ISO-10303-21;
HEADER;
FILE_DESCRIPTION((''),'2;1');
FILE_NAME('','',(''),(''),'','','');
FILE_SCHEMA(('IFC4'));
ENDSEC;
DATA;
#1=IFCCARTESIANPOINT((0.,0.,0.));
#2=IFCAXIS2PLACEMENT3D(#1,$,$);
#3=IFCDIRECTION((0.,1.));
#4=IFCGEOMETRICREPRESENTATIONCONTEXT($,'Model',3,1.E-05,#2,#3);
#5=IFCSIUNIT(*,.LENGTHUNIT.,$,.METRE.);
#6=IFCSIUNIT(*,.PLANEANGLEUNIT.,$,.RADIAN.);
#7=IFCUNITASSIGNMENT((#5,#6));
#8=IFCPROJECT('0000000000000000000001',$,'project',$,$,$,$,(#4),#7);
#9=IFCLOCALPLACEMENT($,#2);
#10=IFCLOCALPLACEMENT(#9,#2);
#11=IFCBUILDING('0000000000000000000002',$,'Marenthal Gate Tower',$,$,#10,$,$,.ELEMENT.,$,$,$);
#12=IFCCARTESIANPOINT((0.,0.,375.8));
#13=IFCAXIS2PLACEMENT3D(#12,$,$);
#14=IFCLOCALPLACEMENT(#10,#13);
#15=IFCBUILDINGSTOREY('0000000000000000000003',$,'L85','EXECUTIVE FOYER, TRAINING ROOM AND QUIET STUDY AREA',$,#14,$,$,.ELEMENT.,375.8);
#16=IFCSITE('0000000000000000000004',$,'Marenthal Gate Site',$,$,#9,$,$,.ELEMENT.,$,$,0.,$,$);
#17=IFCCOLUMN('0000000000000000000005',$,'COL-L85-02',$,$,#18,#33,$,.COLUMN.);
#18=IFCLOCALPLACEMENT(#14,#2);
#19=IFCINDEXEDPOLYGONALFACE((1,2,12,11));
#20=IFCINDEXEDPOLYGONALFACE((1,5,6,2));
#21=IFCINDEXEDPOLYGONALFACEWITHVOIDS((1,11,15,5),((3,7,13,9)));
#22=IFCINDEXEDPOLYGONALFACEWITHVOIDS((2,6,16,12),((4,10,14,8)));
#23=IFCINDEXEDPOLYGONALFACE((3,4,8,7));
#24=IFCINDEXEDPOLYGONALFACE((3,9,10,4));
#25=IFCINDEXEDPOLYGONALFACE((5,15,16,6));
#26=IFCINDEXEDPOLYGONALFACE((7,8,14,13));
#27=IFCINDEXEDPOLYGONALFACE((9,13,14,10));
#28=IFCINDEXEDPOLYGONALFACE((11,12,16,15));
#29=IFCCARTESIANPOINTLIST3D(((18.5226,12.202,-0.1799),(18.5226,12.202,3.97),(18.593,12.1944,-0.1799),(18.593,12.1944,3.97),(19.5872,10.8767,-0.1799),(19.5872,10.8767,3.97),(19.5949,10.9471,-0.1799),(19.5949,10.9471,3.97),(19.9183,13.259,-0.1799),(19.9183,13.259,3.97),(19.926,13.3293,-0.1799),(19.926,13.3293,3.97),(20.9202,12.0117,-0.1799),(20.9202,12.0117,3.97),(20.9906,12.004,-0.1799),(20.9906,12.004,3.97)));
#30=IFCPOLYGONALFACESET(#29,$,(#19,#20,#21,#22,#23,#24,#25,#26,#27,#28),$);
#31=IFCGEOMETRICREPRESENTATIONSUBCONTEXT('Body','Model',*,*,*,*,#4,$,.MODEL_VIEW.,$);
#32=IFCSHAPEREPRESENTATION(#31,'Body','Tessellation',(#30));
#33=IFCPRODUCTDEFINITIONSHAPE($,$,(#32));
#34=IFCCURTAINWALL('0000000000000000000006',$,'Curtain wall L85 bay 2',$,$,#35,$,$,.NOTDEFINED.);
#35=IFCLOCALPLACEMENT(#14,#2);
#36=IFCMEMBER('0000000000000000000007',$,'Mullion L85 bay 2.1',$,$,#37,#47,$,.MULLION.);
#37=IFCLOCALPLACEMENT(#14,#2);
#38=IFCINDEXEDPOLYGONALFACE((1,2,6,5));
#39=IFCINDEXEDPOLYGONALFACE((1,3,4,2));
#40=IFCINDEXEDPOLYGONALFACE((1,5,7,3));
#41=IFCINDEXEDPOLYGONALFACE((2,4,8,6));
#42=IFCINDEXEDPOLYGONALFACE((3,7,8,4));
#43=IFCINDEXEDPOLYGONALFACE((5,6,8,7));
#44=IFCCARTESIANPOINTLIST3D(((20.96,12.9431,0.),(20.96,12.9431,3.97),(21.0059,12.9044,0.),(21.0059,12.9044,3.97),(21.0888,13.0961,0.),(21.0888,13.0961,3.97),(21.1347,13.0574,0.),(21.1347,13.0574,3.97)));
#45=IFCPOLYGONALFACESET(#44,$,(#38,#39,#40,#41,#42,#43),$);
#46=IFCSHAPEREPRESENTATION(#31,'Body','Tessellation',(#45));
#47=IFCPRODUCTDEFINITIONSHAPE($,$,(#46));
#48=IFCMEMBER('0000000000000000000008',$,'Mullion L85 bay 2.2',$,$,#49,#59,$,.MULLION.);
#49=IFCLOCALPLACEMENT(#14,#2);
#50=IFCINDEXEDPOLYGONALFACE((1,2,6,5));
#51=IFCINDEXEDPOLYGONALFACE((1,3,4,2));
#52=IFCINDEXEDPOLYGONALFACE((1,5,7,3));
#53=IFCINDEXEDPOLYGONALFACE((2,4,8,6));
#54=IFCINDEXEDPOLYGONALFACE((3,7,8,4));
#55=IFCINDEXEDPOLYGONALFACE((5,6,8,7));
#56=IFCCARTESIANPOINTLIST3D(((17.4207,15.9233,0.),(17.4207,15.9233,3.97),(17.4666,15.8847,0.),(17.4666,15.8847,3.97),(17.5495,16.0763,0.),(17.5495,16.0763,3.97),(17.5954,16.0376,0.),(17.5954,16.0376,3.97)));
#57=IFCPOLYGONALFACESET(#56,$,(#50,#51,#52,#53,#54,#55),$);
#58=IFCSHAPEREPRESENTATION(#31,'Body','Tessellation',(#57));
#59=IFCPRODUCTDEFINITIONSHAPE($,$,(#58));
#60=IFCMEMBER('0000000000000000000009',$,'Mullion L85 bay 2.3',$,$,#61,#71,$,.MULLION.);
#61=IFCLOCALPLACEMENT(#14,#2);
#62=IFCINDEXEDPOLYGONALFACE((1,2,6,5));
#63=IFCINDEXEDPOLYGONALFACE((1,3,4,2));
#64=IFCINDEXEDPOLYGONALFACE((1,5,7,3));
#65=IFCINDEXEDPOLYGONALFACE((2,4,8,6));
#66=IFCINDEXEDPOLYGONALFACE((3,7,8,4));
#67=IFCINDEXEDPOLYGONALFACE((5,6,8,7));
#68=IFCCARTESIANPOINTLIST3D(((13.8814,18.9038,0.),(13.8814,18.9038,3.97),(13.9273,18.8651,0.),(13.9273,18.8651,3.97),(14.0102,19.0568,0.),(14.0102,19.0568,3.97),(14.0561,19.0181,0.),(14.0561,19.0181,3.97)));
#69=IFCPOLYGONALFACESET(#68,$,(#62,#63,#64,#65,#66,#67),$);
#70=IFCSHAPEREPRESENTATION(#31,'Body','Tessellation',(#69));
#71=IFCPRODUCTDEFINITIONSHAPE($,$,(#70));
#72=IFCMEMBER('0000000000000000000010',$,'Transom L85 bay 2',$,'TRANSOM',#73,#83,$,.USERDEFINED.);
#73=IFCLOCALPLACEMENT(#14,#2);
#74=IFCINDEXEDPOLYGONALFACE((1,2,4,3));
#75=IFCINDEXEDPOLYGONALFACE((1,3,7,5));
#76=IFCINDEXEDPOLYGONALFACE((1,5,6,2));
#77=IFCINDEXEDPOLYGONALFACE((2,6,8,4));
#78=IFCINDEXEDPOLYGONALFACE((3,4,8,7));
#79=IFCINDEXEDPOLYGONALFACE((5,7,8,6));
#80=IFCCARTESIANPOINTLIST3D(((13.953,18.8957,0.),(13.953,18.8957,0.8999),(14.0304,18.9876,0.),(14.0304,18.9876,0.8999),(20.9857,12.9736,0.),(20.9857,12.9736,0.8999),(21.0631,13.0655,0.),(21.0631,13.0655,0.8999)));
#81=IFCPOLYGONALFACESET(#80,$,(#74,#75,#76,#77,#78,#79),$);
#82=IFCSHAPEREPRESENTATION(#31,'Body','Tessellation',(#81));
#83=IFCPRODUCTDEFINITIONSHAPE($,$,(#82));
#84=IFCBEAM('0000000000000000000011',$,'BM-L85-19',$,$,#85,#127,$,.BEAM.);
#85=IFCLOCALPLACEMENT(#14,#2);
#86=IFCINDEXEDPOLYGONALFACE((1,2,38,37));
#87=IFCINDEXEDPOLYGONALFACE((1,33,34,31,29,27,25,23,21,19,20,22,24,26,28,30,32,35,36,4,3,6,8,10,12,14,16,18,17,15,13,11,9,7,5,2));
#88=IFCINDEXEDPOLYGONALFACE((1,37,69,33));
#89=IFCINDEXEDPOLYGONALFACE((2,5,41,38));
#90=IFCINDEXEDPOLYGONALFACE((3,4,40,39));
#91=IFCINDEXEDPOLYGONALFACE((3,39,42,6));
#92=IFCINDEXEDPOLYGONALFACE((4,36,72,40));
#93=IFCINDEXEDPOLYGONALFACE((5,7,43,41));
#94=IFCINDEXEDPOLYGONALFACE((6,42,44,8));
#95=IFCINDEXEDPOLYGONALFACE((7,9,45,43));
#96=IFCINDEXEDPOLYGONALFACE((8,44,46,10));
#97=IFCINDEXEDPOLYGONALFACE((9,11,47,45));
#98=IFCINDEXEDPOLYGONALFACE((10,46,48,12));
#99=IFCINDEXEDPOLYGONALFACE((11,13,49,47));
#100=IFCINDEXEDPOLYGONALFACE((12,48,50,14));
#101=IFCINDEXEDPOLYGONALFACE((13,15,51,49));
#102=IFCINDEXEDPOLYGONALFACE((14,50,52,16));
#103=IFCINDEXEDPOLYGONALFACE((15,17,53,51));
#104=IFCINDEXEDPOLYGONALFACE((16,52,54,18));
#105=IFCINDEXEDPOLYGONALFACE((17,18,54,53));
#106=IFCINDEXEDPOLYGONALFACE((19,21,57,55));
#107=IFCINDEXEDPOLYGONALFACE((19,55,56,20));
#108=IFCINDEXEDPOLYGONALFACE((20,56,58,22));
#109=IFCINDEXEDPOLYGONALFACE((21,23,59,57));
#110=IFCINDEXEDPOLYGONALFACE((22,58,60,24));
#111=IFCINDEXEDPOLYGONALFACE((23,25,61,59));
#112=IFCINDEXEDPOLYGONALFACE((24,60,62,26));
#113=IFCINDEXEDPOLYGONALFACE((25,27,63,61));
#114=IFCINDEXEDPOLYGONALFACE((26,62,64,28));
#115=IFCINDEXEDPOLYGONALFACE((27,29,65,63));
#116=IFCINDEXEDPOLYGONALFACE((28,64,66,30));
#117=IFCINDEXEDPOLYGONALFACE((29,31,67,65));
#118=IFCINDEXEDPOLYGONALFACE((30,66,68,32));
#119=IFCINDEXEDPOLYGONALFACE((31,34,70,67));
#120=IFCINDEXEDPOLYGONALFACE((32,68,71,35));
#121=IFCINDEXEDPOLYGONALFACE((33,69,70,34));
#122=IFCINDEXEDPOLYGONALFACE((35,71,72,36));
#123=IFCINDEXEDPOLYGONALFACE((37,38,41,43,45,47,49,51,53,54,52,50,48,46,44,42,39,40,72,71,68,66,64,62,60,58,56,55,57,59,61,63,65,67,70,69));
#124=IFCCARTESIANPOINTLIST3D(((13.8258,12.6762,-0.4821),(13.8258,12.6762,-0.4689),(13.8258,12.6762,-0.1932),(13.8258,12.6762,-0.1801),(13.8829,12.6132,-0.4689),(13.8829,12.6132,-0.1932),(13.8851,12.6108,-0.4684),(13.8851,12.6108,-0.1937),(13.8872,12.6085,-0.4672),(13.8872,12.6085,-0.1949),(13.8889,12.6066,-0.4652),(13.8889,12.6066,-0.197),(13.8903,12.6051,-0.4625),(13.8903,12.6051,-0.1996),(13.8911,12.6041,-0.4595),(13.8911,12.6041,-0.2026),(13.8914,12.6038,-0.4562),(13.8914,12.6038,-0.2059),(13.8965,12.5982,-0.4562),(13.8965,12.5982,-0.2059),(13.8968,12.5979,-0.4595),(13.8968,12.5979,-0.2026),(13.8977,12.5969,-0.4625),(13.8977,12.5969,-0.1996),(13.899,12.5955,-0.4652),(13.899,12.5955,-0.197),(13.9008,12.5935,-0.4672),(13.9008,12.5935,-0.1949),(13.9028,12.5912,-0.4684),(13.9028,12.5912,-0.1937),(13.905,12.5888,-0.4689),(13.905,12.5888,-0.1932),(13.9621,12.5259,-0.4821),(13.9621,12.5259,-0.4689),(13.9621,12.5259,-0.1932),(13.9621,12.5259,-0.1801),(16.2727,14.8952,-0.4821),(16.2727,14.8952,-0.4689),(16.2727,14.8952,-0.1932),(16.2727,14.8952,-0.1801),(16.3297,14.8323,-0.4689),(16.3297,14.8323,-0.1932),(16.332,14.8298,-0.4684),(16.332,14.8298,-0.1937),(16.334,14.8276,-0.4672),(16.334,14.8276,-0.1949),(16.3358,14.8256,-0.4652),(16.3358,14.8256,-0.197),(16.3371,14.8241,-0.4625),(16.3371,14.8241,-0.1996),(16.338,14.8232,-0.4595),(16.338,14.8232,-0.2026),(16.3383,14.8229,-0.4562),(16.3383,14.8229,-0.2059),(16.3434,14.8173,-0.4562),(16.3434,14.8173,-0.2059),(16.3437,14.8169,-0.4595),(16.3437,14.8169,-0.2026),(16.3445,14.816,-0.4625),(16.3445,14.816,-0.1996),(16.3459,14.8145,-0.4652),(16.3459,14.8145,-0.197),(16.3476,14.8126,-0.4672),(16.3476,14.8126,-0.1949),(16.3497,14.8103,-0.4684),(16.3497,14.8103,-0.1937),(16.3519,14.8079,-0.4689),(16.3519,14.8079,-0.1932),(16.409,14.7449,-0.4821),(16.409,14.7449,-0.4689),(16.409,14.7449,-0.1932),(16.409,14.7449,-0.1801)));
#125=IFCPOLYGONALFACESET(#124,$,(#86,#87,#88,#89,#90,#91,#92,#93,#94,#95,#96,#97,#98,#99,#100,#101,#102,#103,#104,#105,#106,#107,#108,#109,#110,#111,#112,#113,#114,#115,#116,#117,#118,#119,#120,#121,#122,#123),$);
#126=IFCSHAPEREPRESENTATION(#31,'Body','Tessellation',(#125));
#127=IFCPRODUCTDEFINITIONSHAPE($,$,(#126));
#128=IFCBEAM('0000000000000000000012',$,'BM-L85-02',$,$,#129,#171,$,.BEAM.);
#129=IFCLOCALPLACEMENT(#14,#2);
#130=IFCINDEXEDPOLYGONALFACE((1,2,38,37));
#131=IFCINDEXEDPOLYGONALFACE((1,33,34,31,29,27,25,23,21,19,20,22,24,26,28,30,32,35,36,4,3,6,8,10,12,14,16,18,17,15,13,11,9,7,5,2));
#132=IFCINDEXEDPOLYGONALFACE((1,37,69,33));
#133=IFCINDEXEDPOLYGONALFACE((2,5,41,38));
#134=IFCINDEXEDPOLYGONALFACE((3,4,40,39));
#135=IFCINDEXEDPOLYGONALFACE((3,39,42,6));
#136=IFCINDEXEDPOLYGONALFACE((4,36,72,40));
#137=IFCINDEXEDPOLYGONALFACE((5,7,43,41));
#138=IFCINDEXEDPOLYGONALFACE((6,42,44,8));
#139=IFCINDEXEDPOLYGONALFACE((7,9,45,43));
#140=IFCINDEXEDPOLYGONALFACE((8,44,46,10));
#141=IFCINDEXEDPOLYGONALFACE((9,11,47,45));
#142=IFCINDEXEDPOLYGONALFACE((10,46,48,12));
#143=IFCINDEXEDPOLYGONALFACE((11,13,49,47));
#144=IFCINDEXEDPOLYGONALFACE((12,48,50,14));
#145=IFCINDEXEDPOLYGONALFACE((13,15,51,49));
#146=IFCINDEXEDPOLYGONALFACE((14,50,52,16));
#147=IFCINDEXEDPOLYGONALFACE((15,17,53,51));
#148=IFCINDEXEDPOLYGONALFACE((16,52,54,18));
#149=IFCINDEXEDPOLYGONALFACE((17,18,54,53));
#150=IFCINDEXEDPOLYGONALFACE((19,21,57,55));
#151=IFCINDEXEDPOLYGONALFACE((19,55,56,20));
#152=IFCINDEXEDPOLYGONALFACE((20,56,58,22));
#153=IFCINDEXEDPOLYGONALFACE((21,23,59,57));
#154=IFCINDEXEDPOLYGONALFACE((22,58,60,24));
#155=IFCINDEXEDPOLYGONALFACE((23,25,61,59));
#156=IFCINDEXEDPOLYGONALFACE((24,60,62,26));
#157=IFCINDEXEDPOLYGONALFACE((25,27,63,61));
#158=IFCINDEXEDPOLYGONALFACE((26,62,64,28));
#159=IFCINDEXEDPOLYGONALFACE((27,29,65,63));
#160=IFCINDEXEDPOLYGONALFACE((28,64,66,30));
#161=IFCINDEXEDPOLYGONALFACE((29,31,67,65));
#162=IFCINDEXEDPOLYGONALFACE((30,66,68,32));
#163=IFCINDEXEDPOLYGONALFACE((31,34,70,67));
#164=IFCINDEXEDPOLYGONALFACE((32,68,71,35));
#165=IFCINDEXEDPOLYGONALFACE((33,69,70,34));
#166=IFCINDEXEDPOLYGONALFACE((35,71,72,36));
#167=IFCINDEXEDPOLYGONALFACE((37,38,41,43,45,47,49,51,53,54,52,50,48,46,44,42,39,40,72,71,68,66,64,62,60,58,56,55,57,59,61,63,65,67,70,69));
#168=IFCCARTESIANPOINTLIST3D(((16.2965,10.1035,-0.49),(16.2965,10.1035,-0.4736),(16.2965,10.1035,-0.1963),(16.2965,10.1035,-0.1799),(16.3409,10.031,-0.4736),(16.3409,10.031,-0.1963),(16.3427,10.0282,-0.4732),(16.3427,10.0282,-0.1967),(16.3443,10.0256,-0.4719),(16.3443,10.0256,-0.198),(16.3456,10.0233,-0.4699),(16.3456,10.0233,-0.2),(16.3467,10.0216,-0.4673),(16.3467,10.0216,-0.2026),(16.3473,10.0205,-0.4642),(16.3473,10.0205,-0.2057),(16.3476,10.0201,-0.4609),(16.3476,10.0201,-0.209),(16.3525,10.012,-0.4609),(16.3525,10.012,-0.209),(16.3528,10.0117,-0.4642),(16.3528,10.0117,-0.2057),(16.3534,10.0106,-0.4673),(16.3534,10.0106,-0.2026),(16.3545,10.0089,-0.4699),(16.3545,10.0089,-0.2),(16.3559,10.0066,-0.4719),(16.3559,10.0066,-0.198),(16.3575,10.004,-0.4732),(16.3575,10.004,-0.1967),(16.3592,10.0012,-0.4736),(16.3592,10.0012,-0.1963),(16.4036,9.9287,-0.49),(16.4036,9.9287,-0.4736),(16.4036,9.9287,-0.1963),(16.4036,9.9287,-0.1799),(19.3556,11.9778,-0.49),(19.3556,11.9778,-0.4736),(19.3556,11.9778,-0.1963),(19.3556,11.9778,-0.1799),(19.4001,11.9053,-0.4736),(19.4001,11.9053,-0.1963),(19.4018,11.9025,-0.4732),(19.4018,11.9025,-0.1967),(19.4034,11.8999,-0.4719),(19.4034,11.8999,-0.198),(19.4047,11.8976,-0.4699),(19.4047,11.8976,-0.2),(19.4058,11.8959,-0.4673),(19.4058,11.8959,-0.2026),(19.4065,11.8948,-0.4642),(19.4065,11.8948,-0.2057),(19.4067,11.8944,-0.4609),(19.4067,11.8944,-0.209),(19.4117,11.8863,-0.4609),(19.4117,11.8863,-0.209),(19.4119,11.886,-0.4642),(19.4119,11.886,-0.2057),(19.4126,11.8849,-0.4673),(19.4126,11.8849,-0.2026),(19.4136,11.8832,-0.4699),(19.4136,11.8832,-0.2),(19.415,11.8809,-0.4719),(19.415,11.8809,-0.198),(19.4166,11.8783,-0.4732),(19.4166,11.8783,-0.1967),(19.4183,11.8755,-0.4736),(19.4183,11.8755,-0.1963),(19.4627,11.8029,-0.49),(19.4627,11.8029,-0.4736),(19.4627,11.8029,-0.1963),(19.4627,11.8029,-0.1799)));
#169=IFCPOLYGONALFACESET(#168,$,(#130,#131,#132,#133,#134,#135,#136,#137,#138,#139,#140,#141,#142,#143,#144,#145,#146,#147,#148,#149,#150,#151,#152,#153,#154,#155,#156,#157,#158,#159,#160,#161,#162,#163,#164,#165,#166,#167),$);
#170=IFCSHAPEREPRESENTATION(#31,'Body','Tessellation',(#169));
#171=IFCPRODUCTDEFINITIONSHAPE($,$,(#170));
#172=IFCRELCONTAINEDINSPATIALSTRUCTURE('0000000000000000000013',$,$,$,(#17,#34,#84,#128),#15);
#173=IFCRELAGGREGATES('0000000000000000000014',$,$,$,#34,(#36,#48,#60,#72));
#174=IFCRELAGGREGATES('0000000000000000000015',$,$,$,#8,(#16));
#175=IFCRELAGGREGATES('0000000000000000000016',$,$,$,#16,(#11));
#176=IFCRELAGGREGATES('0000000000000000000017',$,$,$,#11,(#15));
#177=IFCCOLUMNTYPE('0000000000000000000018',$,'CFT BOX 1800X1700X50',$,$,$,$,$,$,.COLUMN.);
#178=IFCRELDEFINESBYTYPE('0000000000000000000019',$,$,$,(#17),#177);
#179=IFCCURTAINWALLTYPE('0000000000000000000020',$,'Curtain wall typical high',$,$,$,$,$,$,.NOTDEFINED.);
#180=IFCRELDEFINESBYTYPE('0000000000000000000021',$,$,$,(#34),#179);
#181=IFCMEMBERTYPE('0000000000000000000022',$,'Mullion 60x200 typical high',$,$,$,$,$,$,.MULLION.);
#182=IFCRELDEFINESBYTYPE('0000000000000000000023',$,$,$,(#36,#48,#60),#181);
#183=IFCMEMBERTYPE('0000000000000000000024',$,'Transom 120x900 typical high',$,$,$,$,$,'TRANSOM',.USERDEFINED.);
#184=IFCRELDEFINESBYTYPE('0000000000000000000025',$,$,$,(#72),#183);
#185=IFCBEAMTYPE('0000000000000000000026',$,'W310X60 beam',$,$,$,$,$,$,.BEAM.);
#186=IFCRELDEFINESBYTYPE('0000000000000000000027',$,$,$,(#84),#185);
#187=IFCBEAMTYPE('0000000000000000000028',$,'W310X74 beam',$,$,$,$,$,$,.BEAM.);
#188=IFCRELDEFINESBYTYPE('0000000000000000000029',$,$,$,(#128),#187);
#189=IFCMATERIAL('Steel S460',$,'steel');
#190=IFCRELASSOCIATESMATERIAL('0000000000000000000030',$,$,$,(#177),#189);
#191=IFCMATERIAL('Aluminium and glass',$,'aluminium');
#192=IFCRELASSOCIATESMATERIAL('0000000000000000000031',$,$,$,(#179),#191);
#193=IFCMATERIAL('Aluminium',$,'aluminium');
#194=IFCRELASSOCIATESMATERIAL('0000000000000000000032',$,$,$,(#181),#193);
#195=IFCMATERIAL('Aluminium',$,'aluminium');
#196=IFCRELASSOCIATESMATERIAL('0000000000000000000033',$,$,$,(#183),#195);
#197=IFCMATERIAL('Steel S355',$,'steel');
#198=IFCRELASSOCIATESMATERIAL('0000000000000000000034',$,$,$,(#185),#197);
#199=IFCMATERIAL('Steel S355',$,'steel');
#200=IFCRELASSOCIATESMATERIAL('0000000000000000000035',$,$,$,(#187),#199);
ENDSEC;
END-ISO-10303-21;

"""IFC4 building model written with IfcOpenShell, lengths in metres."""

from ifc_helpers import new_model, si_unit, direction, frame, origin, origin_2d, place, context, subcontext, project, spatial, rectangle, hollow_rectangle, i_section, extrude, material, material_profile, profile_set, type_object, element, aggregate, save


model = new_model("IFC4")

# Units and contexts
model_context = context("Model", 3, precision=1e-05, world=origin(), true_north=direction((0.0, 1.0)))
body_context = subcontext(model_context, "Body", "Model", "MODEL_VIEW")
ifc_project = project(units=[si_unit("LENGTHUNIT", "METRE"), si_unit("PLANEANGLEUNIT", "RADIAN")], contexts=[model_context])

# Site, building, storey
site_placement = place(None, origin())
site = spatial("IfcSite", under=ifc_project, at=site_placement, Name="Marenthal Gate Site", CompositionType="ELEMENT", RefElevation=0.0)
building_placement = place(site_placement, origin())
building = spatial("IfcBuilding", under=site, at=building_placement, Name="Marenthal Gate Tower", CompositionType="ELEMENT")
storey_placement = place(building_placement, frame((0.0, 0.0, 375.8)))
storey = spatial("IfcBuildingStorey", under=building, at=storey_placement, Name="L85", Description="EXECUTIVE FOYER, TRAINING ROOM AND QUIET STUDY AREA", CompositionType="ELEMENT", Elevation=375.8)

# Column
ifc_material_1 = material(Name="Steel S460", Category="steel")
ifc_material_profile_1 = material_profile(ifc_material_1, hollow_rectangle(XDim=1.7, YDim=1.8, WallThickness=0.05, at=origin_2d()), Name="CFT BOX 1800X1700X50")
ifc_material_2 = material(Name="Concrete 70 MPa", Category="concrete")
ifc_material_profile_2 = material_profile(ifc_material_2, rectangle(XDim=1.6001, YDim=1.7, at=origin_2d()), Name="CFT BOX 1800X1700X50 INFILL")
ifc_profile_set_1 = profile_set([ifc_material_profile_1, ifc_material_profile_2], Name="Steel S460 shell, Concrete 70 MPa infill")
column_type = type_object("IfcColumnType", Name="CFT BOX 1800X1700X50", PredefinedType="COLUMN", material=ifc_profile_set_1)
column_placement = place(storey_placement, frame((19.7566, 12.103, -0.1799), z_axis=(0.0, 0.0, 1.0), x_axis=(0.626249, -0.779623, 0.0)))
element("IfcColumn", 1, at=column_placement, inside=storey, type_object=column_type, Name="COL-L85-02", PredefinedType="COLUMN", context=body_context, shape_type="SweptSolid", body=[
    extrude(hollow_rectangle(XDim=1.7, YDim=1.8, WallThickness=0.05, at=origin_2d()), origin(), (0.0, 0.0, 1.0), 4.1499),
])

# Curtain wall, members
ifc_material_3 = material(Name="Aluminium and glass", Category="aluminium")
curtain_wall_type = type_object("IfcCurtainWallType", Name="Curtain wall typical high", PredefinedType="NOTDEFINED", material=ifc_material_3)
curtain_wall_placement = place(storey_placement, origin())
curtain_wall = element("IfcCurtainWall", 2, at=curtain_wall_placement, inside=storey, type_object=curtain_wall_type, Name="Curtain wall L85 bay 2", PredefinedType="NOTDEFINED")
ifc_material_4 = material(Name="Aluminium", Category="aluminium")
ifc_material_profile_3 = material_profile(ifc_material_4, rectangle(XDim=0.2, YDim=0.0601, at=origin_2d()), Name="60x200 aluminium mullion")
ifc_profile_set_2 = profile_set([ifc_material_profile_3], Name="Aluminium")
member_type_1 = type_object("IfcMemberType", Name="Mullion 60x200 typical high", PredefinedType="MULLION", material=ifc_profile_set_2)
member_1_placement = place(storey_placement, frame((21.0474, 13.0002, 0.0), z_axis=(0.0, 0.0, 1.0), x_axis=(-0.644135, -0.764912, 0.0)))
member_1 = element("IfcMember", 3, at=member_1_placement, type_object=member_type_1, Name="Mullion L85 bay 2.1", PredefinedType="MULLION", context=body_context, shape_type="SweptSolid", body=[
    extrude(rectangle(XDim=0.2, YDim=0.0601, at=origin_2d()), origin(), (0.0, 0.0, 1.0), 3.97),
])
member_2_placement = place(storey_placement, frame((17.5081, 15.9805, 0.0), z_axis=(0.0, 0.0, 1.0), x_axis=(-0.644135, -0.764912, 0.0)))
member_2 = element("IfcMember", 4, at=member_2_placement, type_object=member_type_1, Name="Mullion L85 bay 2.2", PredefinedType="MULLION", context=body_context, shape_type="SweptSolid", body=[
    extrude(rectangle(XDim=0.2, YDim=0.0601, at=origin_2d()), origin(), (0.0, 0.0, 1.0), 3.97),
])
member_3_placement = place(storey_placement, frame((13.9688, 18.9609, 0.0), z_axis=(0.0, 0.0, 1.0), x_axis=(-0.644135, -0.764912, 0.0)))
member_3 = element("IfcMember", 5, at=member_3_placement, type_object=member_type_1, Name="Mullion L85 bay 2.3", PredefinedType="MULLION", context=body_context, shape_type="SweptSolid", body=[
    extrude(rectangle(XDim=0.2, YDim=0.0601, at=origin_2d()), origin(), (0.0, 0.0, 1.0), 3.97),
])
ifc_material_5 = material(Name="Aluminium", Category="aluminium")
ifc_material_profile_4 = material_profile(ifc_material_5, rectangle(XDim=0.1201, YDim=0.8999, at=origin_2d()), Name="120x900 aluminium transom")
ifc_profile_set_3 = profile_set([ifc_material_profile_4], Name="Aluminium")
member_type_2 = type_object("IfcMemberType", Name="Transom 120x900 typical high", ElementType="TRANSOM", PredefinedType="USERDEFINED", material=ifc_profile_set_3)
member_4_placement = place(storey_placement, frame((21.0244, 13.0195, 0.45), z_axis=(-0.76492, 0.644125, 0.0), x_axis=(-0.644125, -0.76492, 0.0)))
member_4 = element("IfcMember", 6, at=member_4_placement, type_object=member_type_2, Name="Transom L85 bay 2", ObjectType="TRANSOM", PredefinedType="USERDEFINED", context=body_context, shape_type="SweptSolid", body=[
    extrude(rectangle(XDim=0.1201, YDim=0.8999, at=origin_2d()), origin(), (0.0, 0.0, 1.0), 9.1941),
])

# Beams
ifc_material_6 = material(Name="Steel S355", Category="steel")
ifc_material_profile_5 = material_profile(ifc_material_6, i_section(OverallWidth=0.2029, OverallDepth=0.302, WebThickness=0.0076, FlangeThickness=0.0132, FilletRadius=0.0127, at=origin_2d()), Name="W310X60")
ifc_profile_set_4 = profile_set([ifc_material_profile_5], Name="Steel S355")
beam_type_1 = type_object("IfcBeamType", Name="W310X60 beam", PredefinedType="BEAM", material=ifc_profile_set_4)
beam_1_placement = place(storey_placement, frame((16.3408, 14.8201, -0.3311), z_axis=(-0.740746, -0.671786, 0.0), x_axis=(0.671786, -0.740746, 0.0)))
element("IfcBeam", 7, at=beam_1_placement, inside=storey, type_object=beam_type_1, Name="BM-L85-19", PredefinedType="BEAM", context=body_context, shape_type="SweptSolid", body=[
    extrude(i_section(OverallWidth=0.2029, OverallDepth=0.302, WebThickness=0.0076, FlangeThickness=0.0132, FilletRadius=0.0127, at=origin_2d()), origin(), (0.0, 0.0, 1.0), 3.3032),
])
ifc_material_7 = material(Name="Steel S355", Category="steel")
ifc_material_profile_6 = material_profile(ifc_material_7, i_section(OverallWidth=0.2051, OverallDepth=0.3101, WebThickness=0.0095, FlangeThickness=0.0164, FilletRadius=0.0127, at=origin_2d()), Name="W310X74")
ifc_profile_set_5 = profile_set([ifc_material_profile_6], Name="Steel S355")
beam_type_2 = type_object("IfcBeamType", Name="W310X74 beam", PredefinedType="BEAM", material=ifc_profile_set_5)
beam_2_placement = place(storey_placement, frame((19.4092, 11.8904, -0.335), z_axis=(-0.852682, -0.52243, 0.0), x_axis=(0.52243, -0.852682, 0.0)))
element("IfcBeam", 8, at=beam_2_placement, inside=storey, type_object=beam_type_2, Name="BM-L85-02", PredefinedType="BEAM", context=body_context, shape_type="SweptSolid", body=[
    extrude(i_section(OverallWidth=0.2051, OverallDepth=0.3101, WebThickness=0.0095, FlangeThickness=0.0164, FilletRadius=0.0127, at=origin_2d()), origin(), (0.0, 0.0, 1.0), 3.5876),
])

aggregate(curtain_wall, [member_1, member_2, member_3, member_4])

save(model, "model.ifc")
